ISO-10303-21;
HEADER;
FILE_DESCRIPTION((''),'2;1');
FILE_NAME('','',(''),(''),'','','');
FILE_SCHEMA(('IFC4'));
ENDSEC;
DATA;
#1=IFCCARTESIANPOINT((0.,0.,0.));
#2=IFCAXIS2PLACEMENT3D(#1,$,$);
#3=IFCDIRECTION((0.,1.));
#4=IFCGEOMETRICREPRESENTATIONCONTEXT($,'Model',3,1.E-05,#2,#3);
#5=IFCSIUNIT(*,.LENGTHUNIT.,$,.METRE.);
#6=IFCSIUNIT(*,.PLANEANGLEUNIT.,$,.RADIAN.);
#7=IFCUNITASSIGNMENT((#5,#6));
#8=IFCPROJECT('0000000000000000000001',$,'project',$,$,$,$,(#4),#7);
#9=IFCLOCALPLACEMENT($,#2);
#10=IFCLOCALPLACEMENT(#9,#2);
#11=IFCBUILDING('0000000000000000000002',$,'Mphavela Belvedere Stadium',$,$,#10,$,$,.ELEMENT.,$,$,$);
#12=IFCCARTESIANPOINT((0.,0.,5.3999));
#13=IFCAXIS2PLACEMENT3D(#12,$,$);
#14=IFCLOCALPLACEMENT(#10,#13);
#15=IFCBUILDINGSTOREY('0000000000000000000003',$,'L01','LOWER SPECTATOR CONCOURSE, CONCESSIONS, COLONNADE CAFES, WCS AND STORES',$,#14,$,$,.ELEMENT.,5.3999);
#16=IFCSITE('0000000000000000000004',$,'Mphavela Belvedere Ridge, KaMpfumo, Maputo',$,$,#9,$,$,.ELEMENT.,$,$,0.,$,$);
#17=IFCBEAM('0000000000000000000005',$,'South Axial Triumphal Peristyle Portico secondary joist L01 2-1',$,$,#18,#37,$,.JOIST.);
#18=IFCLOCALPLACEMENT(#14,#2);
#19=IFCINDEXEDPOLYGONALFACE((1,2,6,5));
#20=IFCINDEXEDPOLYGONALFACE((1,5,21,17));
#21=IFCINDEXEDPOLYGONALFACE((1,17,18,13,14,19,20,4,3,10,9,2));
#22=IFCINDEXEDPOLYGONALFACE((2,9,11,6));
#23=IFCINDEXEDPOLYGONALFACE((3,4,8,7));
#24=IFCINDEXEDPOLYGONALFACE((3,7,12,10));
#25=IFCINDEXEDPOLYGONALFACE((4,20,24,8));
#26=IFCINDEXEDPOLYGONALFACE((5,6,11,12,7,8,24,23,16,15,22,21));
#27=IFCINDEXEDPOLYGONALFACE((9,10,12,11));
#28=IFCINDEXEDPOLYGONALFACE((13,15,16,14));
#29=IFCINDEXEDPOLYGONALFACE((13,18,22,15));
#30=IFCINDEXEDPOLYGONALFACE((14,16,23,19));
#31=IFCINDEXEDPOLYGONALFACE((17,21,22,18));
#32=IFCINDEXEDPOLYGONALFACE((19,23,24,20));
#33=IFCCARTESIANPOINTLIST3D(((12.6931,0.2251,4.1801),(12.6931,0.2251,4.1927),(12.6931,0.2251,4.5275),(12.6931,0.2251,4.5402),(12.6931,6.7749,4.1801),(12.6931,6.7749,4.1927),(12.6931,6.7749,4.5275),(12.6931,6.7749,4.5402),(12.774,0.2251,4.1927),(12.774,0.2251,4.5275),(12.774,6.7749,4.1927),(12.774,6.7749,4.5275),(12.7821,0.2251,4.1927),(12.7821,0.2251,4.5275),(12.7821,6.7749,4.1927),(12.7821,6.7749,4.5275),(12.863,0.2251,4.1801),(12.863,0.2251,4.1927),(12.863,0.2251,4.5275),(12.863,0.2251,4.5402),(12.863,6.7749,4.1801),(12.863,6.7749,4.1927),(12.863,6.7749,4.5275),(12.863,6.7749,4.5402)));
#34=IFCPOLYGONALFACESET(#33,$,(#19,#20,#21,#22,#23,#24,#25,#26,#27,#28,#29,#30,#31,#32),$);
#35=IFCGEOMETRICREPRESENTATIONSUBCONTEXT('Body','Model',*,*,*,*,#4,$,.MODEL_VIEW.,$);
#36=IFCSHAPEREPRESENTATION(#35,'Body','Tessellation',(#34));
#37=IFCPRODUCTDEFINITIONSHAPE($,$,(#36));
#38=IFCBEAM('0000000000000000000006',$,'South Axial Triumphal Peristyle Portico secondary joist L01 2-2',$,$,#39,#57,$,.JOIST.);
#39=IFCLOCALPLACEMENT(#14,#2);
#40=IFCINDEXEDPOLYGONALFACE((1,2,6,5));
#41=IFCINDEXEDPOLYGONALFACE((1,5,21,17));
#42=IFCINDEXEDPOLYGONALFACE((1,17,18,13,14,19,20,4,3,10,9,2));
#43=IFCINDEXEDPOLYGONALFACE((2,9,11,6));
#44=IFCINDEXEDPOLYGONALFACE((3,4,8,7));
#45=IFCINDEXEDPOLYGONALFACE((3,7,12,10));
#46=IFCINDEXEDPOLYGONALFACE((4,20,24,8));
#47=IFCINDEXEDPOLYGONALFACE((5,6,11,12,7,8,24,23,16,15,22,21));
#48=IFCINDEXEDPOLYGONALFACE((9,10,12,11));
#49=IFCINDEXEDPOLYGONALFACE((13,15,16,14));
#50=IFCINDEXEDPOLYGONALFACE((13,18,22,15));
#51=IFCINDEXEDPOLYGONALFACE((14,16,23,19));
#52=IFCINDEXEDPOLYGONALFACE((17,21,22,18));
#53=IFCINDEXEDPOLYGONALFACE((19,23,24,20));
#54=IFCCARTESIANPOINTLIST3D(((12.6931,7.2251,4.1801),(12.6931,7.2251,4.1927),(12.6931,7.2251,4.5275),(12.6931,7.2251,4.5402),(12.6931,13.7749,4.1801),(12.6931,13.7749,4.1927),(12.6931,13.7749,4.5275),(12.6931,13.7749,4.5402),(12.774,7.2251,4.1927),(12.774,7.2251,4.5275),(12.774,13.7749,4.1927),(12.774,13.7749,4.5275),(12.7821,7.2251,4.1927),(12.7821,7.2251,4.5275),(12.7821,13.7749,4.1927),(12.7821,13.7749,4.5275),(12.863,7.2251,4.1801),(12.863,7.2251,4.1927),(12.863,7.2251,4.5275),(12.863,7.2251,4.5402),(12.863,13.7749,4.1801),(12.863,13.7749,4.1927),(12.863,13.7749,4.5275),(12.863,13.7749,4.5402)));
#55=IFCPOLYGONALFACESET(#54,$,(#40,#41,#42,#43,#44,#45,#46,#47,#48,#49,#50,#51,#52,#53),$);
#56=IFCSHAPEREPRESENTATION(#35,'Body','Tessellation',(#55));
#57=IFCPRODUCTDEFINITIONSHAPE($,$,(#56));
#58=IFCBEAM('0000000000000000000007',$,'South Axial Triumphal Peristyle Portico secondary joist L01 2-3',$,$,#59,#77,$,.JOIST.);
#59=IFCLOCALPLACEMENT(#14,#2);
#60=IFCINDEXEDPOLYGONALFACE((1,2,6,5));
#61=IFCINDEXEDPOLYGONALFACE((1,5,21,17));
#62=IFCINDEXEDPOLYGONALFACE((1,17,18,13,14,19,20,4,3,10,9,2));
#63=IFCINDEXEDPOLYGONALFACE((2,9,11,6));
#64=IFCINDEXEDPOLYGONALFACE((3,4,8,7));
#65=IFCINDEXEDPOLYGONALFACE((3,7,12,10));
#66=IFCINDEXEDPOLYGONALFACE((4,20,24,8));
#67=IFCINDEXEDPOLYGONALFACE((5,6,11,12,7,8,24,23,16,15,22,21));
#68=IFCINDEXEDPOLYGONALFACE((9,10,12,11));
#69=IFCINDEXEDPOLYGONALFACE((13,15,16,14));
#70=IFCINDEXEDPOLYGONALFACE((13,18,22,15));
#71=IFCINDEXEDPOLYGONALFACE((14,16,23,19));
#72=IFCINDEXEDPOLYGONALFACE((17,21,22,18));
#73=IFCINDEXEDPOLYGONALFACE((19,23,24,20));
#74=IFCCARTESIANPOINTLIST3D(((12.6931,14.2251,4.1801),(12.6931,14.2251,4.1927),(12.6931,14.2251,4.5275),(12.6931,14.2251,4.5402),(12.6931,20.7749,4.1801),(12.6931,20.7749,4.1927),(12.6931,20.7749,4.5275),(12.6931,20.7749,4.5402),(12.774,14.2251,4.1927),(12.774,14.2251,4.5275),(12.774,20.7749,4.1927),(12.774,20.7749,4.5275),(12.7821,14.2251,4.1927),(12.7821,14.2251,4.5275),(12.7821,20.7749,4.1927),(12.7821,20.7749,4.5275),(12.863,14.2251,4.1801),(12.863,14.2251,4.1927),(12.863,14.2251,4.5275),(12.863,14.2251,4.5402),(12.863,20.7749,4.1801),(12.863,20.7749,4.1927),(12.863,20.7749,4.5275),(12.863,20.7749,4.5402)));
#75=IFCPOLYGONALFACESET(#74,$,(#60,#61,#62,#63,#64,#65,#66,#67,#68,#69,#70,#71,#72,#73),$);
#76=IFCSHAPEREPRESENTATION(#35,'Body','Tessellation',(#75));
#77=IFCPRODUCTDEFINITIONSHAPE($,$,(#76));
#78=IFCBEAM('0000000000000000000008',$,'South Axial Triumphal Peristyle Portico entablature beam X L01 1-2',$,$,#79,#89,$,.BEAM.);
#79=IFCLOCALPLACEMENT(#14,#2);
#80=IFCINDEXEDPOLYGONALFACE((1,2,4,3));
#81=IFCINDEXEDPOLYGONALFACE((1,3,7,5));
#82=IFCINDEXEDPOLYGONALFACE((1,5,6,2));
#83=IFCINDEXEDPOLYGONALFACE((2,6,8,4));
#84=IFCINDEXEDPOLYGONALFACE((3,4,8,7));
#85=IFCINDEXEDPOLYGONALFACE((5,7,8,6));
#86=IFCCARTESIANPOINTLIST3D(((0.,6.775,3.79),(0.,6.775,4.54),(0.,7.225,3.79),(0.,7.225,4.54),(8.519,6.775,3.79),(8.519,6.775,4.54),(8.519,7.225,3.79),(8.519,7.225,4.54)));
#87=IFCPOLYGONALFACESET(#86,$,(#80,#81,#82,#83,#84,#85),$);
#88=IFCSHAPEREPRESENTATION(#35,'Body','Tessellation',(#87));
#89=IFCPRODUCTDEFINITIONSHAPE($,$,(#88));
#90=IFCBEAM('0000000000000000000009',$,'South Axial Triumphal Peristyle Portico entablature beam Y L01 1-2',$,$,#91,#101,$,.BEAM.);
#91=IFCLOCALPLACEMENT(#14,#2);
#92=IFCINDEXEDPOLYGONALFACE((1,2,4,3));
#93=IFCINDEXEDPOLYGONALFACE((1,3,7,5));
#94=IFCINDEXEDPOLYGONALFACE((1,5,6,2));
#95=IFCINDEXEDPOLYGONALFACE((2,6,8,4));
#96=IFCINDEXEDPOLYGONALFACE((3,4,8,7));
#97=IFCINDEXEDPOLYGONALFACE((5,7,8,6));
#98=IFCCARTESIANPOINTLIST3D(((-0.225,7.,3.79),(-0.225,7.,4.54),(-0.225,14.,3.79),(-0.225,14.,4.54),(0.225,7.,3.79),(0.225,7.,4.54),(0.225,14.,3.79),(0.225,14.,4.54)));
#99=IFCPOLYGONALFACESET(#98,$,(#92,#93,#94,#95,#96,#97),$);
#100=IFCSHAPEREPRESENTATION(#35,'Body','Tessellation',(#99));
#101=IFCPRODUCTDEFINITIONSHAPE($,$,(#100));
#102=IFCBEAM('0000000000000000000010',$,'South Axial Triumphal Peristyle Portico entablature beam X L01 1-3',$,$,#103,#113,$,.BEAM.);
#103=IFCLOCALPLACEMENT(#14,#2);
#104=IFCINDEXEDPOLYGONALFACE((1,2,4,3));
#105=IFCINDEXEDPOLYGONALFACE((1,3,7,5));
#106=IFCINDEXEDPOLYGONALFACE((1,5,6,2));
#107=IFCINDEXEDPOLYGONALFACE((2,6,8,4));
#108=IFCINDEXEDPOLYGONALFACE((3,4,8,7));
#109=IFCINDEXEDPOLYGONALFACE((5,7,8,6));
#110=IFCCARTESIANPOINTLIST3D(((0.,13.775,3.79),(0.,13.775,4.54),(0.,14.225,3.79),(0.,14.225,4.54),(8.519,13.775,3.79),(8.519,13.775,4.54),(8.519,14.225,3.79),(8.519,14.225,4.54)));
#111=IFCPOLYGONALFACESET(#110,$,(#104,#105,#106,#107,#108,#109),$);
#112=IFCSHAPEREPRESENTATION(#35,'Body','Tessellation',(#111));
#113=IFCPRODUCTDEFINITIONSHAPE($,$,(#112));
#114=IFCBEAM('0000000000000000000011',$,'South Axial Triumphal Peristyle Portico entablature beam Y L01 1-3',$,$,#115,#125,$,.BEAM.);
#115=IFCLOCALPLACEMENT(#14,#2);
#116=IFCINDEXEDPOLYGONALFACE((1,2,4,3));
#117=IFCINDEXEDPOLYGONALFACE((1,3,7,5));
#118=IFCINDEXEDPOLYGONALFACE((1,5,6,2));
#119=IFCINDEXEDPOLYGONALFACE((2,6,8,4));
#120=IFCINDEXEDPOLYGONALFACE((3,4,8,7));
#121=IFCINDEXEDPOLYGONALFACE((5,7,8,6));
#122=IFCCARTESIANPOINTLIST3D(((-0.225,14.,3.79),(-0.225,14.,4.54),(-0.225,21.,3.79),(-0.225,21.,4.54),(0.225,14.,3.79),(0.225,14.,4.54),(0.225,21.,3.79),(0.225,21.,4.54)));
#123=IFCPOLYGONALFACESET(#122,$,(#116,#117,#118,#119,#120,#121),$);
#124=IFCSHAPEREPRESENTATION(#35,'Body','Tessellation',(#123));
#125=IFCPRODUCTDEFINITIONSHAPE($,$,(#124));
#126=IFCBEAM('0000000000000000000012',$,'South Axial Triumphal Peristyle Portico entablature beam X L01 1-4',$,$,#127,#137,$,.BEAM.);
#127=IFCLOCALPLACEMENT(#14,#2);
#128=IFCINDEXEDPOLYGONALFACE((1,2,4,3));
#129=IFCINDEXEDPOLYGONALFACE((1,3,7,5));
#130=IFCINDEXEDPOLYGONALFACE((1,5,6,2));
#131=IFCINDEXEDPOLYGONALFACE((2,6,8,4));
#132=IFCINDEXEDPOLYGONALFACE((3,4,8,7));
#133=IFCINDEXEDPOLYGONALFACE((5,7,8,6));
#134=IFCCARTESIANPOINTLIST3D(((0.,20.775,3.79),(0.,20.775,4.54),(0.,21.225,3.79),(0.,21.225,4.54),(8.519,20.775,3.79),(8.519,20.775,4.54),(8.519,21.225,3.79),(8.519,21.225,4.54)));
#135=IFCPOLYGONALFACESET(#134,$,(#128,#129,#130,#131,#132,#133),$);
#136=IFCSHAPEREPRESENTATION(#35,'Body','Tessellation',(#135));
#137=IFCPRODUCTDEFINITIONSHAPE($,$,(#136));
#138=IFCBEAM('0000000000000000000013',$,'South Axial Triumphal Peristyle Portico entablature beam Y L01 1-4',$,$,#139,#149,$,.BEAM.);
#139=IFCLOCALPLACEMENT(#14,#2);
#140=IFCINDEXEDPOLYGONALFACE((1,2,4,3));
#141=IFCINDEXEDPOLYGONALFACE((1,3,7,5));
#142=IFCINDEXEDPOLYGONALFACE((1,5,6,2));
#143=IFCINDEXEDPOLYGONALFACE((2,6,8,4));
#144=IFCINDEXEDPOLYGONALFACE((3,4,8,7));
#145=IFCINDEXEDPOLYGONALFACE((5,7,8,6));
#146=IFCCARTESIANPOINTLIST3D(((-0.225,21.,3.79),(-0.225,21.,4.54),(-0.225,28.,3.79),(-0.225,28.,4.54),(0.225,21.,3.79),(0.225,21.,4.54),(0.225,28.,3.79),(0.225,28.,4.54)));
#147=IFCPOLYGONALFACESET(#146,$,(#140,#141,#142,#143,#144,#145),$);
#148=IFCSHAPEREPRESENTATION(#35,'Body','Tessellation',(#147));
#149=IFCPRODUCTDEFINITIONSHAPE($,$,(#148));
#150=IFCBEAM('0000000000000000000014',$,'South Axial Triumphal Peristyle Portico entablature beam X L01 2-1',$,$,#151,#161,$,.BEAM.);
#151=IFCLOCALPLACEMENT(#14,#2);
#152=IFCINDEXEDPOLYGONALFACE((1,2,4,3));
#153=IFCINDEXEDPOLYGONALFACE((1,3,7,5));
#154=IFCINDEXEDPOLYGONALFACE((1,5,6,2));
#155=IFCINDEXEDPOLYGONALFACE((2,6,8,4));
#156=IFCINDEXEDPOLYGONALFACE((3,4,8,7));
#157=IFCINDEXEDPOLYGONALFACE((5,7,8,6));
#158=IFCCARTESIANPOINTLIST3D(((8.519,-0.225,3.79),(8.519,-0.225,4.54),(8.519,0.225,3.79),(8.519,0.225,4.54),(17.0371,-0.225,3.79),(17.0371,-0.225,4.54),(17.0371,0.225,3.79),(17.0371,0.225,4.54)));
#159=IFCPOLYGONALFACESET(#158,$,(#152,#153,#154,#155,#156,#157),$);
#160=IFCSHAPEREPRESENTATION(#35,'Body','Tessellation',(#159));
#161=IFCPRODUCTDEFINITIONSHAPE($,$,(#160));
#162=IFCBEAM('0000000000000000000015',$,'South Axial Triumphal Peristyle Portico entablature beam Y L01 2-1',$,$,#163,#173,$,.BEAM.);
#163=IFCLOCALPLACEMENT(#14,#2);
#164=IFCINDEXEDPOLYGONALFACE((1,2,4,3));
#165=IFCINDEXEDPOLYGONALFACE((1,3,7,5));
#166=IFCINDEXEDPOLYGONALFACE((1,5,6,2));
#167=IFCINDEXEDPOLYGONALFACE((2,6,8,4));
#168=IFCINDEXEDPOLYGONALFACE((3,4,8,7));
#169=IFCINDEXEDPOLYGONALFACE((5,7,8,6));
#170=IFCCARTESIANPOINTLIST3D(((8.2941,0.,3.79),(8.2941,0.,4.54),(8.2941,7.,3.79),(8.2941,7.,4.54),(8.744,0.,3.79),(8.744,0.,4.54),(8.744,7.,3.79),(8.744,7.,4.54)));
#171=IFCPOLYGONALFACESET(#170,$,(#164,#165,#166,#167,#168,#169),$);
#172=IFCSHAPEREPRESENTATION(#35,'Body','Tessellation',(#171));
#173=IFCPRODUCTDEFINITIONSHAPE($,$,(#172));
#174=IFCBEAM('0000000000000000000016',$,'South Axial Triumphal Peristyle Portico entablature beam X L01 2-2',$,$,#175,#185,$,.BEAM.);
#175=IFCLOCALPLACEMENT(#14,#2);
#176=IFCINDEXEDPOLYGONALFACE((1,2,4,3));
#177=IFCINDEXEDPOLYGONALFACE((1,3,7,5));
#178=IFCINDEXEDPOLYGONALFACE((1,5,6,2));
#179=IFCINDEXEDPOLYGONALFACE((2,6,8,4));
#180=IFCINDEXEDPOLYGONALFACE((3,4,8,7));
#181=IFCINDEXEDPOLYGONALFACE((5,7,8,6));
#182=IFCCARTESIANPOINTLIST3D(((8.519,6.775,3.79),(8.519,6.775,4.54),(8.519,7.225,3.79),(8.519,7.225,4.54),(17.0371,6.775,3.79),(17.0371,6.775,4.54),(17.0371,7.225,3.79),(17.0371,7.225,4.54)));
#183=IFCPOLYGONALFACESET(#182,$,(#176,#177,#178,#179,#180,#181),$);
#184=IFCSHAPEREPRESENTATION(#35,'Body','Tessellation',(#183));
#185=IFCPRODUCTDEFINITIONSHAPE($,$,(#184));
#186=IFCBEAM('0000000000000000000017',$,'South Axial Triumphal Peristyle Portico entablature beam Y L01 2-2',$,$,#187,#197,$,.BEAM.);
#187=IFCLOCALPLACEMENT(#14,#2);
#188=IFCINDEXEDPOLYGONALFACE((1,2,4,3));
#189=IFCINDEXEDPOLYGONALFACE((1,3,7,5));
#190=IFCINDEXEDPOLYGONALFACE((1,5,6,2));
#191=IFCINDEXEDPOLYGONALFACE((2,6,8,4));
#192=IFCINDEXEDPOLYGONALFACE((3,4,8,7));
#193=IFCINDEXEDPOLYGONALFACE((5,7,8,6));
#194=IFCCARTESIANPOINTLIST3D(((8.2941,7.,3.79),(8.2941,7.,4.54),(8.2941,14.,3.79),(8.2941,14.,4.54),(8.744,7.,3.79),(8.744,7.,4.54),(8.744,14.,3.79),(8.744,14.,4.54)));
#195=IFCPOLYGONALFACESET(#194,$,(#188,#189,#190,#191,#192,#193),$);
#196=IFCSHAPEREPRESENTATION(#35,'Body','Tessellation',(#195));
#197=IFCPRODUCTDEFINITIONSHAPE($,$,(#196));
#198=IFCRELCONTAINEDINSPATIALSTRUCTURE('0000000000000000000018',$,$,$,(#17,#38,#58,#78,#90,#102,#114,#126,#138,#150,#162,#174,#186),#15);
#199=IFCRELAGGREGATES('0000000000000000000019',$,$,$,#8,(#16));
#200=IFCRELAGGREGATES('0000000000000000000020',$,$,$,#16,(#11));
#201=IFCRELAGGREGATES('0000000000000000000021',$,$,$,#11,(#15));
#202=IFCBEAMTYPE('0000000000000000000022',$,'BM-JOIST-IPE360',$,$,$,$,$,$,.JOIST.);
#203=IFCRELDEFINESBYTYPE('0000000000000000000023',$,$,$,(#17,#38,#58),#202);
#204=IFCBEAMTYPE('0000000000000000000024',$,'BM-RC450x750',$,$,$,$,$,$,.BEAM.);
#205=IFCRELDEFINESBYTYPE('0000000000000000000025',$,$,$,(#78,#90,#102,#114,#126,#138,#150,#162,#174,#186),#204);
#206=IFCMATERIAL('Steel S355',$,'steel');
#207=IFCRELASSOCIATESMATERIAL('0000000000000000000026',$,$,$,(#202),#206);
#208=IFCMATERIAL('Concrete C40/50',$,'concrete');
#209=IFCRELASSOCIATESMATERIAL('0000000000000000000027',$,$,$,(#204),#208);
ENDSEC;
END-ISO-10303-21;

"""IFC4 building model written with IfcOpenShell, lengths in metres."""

from ifc_helpers import new_model, si_unit, direction, frame, origin, origin_2d, place, context, subcontext, project, spatial, rectangle, i_section, extrude, material, material_profile, profile_set, type_object, element, save


model = new_model("IFC4")

# Units and contexts
model_context = context("Model", 3, precision=1e-05, world=origin(), true_north=direction((0.0, 1.0)))
body_context = subcontext(model_context, "Body", "Model", "MODEL_VIEW")
ifc_project = project(units=[si_unit("LENGTHUNIT", "METRE"), si_unit("PLANEANGLEUNIT", "RADIAN")], contexts=[model_context])

# Site, building, storey
site_placement = place(None, origin())
site = spatial("IfcSite", under=ifc_project, at=site_placement, Name="Mphavela Belvedere Ridge, KaMpfumo, Maputo", CompositionType="ELEMENT", RefElevation=0.0)
building_placement = place(site_placement, origin())
building = spatial("IfcBuilding", under=site, at=building_placement, Name="Mphavela Belvedere Stadium", CompositionType="ELEMENT")
storey_placement = place(building_placement, frame((0.0, 0.0, 5.3999)))
storey = spatial("IfcBuildingStorey", under=building, at=storey_placement, Name="L01", Description="LOWER SPECTATOR CONCOURSE, CONCESSIONS, COLONNADE CAFES, WCS AND STORES", CompositionType="ELEMENT", Elevation=5.3999)

# Beams
ifc_material_1 = material(Name="Steel S355", Category="steel")
ifc_material_profile_1 = material_profile(ifc_material_1, i_section(OverallWidth=0.1699, OverallDepth=0.3601, WebThickness=0.0081, FlangeThickness=0.0127, at=origin_2d()), Name="IPE 360")
ifc_profile_set_1 = profile_set([ifc_material_profile_1], Name="Steel S355")
beam_type_1 = type_object("IfcBeamType", Name="BM-JOIST-IPE360", PredefinedType="JOIST", material=ifc_profile_set_1)
for number, where, z_axis, x_axis, name in (
    (1, (12.7781, 0.2251, 4.3601), (0.0, 1.0, 0.0), (-1.0, 0.0, 0.0), "South Axial Triumphal Peristyle Portico secondary joist L01 2-1"),
    (2, (12.7781, 7.2251, 4.3601), (0.0, 1.0, 0.0), (-1.0, 0.0, 0.0), "South Axial Triumphal Peristyle Portico secondary joist L01 2-2"),
    (3, (12.7781, 14.2251, 4.3601), (0.0, 1.0, 0.0), (-1.0, 0.0, 0.0), "South Axial Triumphal Peristyle Portico secondary joist L01 2-3"),
):
    element("IfcBeam", number, at=place(storey_placement, frame(where, z_axis=z_axis, x_axis=x_axis)), inside=storey, type_object=beam_type_1, Name=name, PredefinedType="JOIST", context=body_context, shape_type="SweptSolid", body=[
        extrude(i_section(OverallWidth=0.1699, OverallDepth=0.3601, WebThickness=0.0081, FlangeThickness=0.0127, at=origin_2d()), origin(), (0.0, 0.0, 1.0), 6.5498),
    ])
ifc_material_2 = material(Name="Concrete C40/50", Category="concrete")
ifc_material_profile_2 = material_profile(ifc_material_2, rectangle(XDim=0.45, YDim=0.75, at=origin_2d()), Name="RC 450x750")
ifc_profile_set_2 = profile_set([ifc_material_profile_2], Name="Concrete C40/50")
beam_type_2 = type_object("IfcBeamType", Name="BM-RC450x750", PredefinedType="BEAM", material=ifc_profile_set_2)
beam_1_placement = place(storey_placement, frame((0.0, 7.0, 4.165), z_axis=(1.0, 0.0, 0.0), x_axis=(0.0, 1.0, 0.0)))
element("IfcBeam", 4, at=beam_1_placement, inside=storey, type_object=beam_type_2, Name="South Axial Triumphal Peristyle Portico entablature beam X L01 1-2", PredefinedType="BEAM", context=body_context, shape_type="SweptSolid", body=[
    extrude(rectangle(XDim=0.45, YDim=0.75, at=origin_2d()), origin(), (0.0, 0.0, 1.0), 8.519),
])
beam_2_placement = place(storey_placement, frame((0.0, 7.0, 4.165), z_axis=(0.0, 1.0, 0.0), x_axis=(-1.0, 0.0, 0.0)))
element("IfcBeam", 5, at=beam_2_placement, inside=storey, type_object=beam_type_2, Name="South Axial Triumphal Peristyle Portico entablature beam Y L01 1-2", PredefinedType="BEAM", context=body_context, shape_type="SweptSolid", body=[
    extrude(rectangle(XDim=0.45, YDim=0.75, at=origin_2d()), origin(), (0.0, 0.0, 1.0), 7.0),
])
beam_3_placement = place(storey_placement, frame((0.0, 14.0, 4.165), z_axis=(1.0, 0.0, 0.0), x_axis=(0.0, 1.0, 0.0)))
element("IfcBeam", 6, at=beam_3_placement, inside=storey, type_object=beam_type_2, Name="South Axial Triumphal Peristyle Portico entablature beam X L01 1-3", PredefinedType="BEAM", context=body_context, shape_type="SweptSolid", body=[
    extrude(rectangle(XDim=0.45, YDim=0.75, at=origin_2d()), origin(), (0.0, 0.0, 1.0), 8.519),
])
beam_4_placement = place(storey_placement, frame((0.0, 14.0, 4.165), z_axis=(0.0, 1.0, 0.0), x_axis=(-1.0, 0.0, 0.0)))
element("IfcBeam", 7, at=beam_4_placement, inside=storey, type_object=beam_type_2, Name="South Axial Triumphal Peristyle Portico entablature beam Y L01 1-3", PredefinedType="BEAM", context=body_context, shape_type="SweptSolid", body=[
    extrude(rectangle(XDim=0.45, YDim=0.75, at=origin_2d()), origin(), (0.0, 0.0, 1.0), 7.0),
])
beam_5_placement = place(storey_placement, frame((0.0, 21.0, 4.165), z_axis=(1.0, 0.0, 0.0), x_axis=(0.0, 1.0, 0.0)))
element("IfcBeam", 8, at=beam_5_placement, inside=storey, type_object=beam_type_2, Name="South Axial Triumphal Peristyle Portico entablature beam X L01 1-4", PredefinedType="BEAM", context=body_context, shape_type="SweptSolid", body=[
    extrude(rectangle(XDim=0.45, YDim=0.75, at=origin_2d()), origin(), (0.0, 0.0, 1.0), 8.519),
])
beam_6_placement = place(storey_placement, frame((0.0, 21.0, 4.165), z_axis=(0.0, 1.0, 0.0), x_axis=(-1.0, 0.0, 0.0)))
element("IfcBeam", 9, at=beam_6_placement, inside=storey, type_object=beam_type_2, Name="South Axial Triumphal Peristyle Portico entablature beam Y L01 1-4", PredefinedType="BEAM", context=body_context, shape_type="SweptSolid", body=[
    extrude(rectangle(XDim=0.45, YDim=0.75, at=origin_2d()), origin(), (0.0, 0.0, 1.0), 7.0),
])
beam_7_placement = place(storey_placement, frame((8.519, 0.0, 4.165), z_axis=(1.0, 0.0, 0.0), x_axis=(0.0, 1.0, 0.0)))
element("IfcBeam", 10, at=beam_7_placement, inside=storey, type_object=beam_type_2, Name="South Axial Triumphal Peristyle Portico entablature beam X L01 2-1", PredefinedType="BEAM", context=body_context, shape_type="SweptSolid", body=[
    extrude(rectangle(XDim=0.45, YDim=0.75, at=origin_2d()), origin(), (0.0, 0.0, 1.0), 8.5181),
])
beam_8_placement = place(storey_placement, frame((8.519, 0.0, 4.165), z_axis=(0.0, 1.0, 0.0), x_axis=(-1.0, 0.0, 0.0)))
element("IfcBeam", 11, at=beam_8_placement, inside=storey, type_object=beam_type_2, Name="South Axial Triumphal Peristyle Portico entablature beam Y L01 2-1", PredefinedType="BEAM", context=body_context, shape_type="SweptSolid", body=[
    extrude(rectangle(XDim=0.45, YDim=0.75, at=origin_2d()), origin(), (0.0, 0.0, 1.0), 7.0),
])
beam_9_placement = place(storey_placement, frame((8.519, 7.0, 4.165), z_axis=(1.0, 0.0, 0.0), x_axis=(0.0, 1.0, 0.0)))
element("IfcBeam", 12, at=beam_9_placement, inside=storey, type_object=beam_type_2, Name="South Axial Triumphal Peristyle Portico entablature beam X L01 2-2", PredefinedType="BEAM", context=body_context, shape_type="SweptSolid", body=[
    extrude(rectangle(XDim=0.45, YDim=0.75, at=origin_2d()), origin(), (0.0, 0.0, 1.0), 8.5181),
])
beam_10_placement = place(storey_placement, frame((8.519, 7.0, 4.165), z_axis=(0.0, 1.0, 0.0), x_axis=(-1.0, 0.0, 0.0)))
element("IfcBeam", 13, at=beam_10_placement, inside=storey, type_object=beam_type_2, Name="South Axial Triumphal Peristyle Portico entablature beam Y L01 2-2", PredefinedType="BEAM", context=body_context, shape_type="SweptSolid", body=[
    extrude(rectangle(XDim=0.45, YDim=0.75, at=origin_2d()), origin(), (0.0, 0.0, 1.0), 7.0),
])

save(model, "model.ifc")
